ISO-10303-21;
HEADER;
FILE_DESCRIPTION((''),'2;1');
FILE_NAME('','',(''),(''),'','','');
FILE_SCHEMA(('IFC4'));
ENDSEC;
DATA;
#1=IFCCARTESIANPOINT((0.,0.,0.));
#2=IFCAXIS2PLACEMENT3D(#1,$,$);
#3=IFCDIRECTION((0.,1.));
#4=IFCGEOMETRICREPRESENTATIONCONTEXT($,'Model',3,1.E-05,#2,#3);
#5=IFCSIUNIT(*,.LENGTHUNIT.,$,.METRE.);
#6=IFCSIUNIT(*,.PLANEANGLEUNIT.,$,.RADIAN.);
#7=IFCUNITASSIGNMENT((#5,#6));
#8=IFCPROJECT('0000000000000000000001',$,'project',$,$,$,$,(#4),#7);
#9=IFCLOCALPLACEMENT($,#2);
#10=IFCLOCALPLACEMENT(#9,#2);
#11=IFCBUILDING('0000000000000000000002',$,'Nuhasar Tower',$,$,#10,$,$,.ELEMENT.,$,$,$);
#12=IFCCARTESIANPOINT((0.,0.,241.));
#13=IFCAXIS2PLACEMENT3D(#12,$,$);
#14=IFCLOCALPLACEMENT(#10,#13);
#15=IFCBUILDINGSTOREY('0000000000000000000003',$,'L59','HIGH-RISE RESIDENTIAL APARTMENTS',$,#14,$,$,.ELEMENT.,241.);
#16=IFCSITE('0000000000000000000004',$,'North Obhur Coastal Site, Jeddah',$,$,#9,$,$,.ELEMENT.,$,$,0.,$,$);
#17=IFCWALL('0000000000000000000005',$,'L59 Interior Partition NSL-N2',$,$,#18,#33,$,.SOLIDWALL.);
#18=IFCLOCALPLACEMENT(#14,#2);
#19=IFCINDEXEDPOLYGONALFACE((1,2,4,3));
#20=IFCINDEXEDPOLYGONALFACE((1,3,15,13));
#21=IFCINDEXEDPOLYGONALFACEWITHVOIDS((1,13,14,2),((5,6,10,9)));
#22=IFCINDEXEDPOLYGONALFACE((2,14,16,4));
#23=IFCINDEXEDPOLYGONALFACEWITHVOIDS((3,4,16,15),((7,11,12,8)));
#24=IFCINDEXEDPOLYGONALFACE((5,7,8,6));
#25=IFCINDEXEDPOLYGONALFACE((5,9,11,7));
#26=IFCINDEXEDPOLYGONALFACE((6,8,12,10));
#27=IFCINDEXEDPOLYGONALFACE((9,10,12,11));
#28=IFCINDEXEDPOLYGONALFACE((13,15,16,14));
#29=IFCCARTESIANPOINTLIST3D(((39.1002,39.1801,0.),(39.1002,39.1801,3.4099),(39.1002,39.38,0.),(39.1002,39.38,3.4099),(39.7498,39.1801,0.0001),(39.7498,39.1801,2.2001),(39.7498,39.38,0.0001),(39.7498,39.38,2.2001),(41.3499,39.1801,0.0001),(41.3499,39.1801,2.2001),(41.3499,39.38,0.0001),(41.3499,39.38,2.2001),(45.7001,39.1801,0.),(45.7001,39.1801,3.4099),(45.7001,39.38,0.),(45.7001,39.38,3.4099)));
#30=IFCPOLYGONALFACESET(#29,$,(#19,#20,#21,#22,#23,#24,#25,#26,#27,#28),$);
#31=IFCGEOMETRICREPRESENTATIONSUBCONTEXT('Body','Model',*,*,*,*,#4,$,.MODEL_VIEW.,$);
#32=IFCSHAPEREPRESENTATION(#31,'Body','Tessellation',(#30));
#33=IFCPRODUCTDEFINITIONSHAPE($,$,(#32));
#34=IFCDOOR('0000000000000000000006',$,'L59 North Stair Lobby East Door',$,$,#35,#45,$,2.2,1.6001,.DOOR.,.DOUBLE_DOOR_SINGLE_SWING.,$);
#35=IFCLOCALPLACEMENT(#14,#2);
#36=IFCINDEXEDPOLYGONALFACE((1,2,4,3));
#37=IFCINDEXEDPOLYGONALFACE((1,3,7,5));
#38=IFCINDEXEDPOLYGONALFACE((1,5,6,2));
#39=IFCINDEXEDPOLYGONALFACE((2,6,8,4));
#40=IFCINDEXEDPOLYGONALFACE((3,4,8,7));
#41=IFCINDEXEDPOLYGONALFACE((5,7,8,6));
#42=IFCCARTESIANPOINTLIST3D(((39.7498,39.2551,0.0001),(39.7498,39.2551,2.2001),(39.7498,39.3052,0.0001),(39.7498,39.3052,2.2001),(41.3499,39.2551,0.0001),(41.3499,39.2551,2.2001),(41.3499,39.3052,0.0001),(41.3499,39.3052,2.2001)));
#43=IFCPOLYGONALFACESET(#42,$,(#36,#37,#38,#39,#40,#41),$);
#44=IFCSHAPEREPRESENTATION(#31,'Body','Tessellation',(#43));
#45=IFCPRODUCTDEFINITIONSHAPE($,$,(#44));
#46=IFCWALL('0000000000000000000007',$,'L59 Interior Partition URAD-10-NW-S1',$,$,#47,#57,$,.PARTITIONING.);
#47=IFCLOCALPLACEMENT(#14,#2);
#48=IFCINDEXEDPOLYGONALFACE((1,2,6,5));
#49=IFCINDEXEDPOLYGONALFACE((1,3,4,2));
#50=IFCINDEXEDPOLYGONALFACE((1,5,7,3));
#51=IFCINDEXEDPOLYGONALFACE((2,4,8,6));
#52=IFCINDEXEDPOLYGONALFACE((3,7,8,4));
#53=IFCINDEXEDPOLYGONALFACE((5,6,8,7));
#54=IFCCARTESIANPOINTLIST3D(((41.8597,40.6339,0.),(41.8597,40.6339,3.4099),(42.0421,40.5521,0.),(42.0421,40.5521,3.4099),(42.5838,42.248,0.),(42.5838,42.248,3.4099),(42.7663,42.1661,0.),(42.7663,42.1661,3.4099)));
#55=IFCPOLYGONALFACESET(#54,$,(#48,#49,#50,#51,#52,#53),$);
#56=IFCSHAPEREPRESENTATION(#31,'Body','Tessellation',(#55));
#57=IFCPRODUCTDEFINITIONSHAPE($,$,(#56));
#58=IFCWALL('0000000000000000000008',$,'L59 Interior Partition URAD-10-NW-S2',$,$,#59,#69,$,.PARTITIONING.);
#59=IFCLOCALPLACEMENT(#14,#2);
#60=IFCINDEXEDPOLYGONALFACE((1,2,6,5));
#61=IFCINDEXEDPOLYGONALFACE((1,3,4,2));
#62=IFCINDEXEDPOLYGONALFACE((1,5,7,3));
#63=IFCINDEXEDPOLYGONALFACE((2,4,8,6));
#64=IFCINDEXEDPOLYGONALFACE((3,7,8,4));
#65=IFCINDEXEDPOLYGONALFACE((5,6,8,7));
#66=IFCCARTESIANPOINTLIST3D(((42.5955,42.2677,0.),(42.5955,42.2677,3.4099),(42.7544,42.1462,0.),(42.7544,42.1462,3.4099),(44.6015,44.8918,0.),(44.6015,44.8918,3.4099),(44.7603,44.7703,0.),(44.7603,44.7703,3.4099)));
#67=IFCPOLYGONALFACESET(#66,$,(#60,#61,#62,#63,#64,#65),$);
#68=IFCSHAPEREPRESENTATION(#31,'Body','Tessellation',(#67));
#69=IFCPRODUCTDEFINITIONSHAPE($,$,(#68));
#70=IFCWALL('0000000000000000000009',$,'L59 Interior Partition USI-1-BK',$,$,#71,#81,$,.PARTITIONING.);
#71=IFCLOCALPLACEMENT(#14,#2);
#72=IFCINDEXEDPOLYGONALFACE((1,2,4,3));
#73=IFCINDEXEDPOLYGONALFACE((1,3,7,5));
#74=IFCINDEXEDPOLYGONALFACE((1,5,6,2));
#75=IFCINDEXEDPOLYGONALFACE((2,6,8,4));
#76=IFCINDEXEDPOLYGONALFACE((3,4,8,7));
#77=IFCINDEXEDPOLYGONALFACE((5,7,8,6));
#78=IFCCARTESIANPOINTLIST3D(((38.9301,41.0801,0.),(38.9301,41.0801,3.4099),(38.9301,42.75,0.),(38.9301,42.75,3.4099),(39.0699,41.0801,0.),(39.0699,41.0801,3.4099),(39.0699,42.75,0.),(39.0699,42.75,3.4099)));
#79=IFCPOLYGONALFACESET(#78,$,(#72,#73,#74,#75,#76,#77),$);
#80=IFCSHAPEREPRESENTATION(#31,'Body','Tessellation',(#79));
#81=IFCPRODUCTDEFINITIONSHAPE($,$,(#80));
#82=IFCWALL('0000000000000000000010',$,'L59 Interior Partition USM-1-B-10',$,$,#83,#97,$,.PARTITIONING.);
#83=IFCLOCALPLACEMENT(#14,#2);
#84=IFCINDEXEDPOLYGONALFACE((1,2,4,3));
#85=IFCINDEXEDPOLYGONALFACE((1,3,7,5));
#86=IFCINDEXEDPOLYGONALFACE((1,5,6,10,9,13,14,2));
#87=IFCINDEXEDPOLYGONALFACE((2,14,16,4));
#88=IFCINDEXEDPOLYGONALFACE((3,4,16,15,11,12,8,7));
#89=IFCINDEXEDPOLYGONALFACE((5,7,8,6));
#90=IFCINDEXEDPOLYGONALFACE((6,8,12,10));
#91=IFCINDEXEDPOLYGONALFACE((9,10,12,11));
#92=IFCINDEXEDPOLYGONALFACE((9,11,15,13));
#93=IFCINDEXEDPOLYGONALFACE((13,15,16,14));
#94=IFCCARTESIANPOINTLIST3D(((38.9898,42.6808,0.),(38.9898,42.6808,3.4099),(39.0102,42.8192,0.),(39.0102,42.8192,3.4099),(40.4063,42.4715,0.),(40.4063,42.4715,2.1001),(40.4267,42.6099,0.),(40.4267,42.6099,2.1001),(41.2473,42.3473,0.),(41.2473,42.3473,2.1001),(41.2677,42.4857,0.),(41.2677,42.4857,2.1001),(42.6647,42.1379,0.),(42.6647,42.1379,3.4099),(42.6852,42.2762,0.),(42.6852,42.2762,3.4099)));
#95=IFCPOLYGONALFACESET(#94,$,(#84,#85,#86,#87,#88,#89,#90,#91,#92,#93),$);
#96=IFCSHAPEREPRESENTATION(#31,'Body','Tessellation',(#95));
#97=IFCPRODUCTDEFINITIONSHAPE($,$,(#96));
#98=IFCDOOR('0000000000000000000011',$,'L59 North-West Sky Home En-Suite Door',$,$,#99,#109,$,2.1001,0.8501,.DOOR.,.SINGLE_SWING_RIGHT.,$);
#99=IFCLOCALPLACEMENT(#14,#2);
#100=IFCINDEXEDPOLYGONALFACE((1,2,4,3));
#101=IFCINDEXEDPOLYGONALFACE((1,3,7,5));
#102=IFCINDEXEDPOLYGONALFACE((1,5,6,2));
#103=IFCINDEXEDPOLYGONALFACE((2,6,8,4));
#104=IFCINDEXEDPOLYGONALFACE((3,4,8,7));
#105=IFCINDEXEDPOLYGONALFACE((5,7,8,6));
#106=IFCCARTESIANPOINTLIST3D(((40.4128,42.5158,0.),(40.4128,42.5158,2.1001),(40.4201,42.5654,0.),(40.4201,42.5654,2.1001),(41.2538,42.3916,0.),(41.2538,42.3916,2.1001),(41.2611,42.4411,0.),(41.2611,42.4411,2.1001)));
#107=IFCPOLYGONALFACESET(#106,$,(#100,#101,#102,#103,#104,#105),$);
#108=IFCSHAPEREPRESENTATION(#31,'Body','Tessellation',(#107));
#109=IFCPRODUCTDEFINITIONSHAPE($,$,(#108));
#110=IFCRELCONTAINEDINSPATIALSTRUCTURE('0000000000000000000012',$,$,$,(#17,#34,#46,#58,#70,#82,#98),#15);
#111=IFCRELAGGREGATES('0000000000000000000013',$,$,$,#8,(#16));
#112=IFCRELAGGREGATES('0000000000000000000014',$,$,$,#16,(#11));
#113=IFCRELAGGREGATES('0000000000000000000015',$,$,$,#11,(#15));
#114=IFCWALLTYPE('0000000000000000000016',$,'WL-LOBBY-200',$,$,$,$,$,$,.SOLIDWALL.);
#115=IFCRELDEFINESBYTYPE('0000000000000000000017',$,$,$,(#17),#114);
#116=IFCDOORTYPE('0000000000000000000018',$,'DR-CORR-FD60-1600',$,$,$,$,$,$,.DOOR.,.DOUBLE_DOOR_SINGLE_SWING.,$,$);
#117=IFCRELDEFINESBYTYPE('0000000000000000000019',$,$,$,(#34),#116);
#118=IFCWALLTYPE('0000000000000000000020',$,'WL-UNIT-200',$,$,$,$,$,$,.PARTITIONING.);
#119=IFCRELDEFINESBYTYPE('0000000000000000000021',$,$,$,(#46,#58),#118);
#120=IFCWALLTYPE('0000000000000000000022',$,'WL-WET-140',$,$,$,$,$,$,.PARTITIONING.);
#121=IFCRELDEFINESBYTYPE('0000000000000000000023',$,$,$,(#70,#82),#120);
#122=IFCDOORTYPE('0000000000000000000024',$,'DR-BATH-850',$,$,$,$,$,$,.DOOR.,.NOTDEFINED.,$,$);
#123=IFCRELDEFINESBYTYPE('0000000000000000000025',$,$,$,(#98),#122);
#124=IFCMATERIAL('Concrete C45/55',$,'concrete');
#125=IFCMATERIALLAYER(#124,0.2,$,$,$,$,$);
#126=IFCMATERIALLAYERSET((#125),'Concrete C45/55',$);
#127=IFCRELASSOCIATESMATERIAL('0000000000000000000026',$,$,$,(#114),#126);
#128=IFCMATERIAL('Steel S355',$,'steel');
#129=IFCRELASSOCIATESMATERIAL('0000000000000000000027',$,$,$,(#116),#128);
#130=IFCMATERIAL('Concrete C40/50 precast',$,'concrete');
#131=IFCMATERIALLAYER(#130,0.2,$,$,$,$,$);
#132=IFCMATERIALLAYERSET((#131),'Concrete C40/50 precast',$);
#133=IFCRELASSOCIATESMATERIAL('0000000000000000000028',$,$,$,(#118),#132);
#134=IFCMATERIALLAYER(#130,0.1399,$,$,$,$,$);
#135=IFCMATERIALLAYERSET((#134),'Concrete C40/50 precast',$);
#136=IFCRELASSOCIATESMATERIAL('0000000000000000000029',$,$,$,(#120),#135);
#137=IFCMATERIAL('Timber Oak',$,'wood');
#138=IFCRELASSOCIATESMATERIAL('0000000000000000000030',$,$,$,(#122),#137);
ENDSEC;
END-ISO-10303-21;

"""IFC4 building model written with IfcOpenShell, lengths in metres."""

from ifc_helpers import new_model, si_unit, direction, frame, frame_2d, origin, place, context, subcontext, project, spatial, rectangle, extrude, material, layer, layer_set, type_object, element, fill, save


model = new_model("IFC4")

# Units and contexts
model_context = context("Model", 3, precision=1e-05, world=origin(), true_north=direction((0.0, 1.0)))
body_context = subcontext(model_context, "Body", "Model", "MODEL_VIEW")
ifc_project = project(units=[si_unit("LENGTHUNIT", "METRE"), si_unit("PLANEANGLEUNIT", "RADIAN")], contexts=[model_context])

# Site, building, storey
site_placement = place(None, origin())
site = spatial("IfcSite", under=ifc_project, at=site_placement, Name="North Obhur Coastal Site, Jeddah", CompositionType="ELEMENT", RefElevation=0.0)
building_placement = place(site_placement, origin())
building = spatial("IfcBuilding", under=site, at=building_placement, Name="Nuhasar Tower", CompositionType="ELEMENT")
storey_placement = place(building_placement, frame((0.0, 0.0, 241.0)))
storey = spatial("IfcBuildingStorey", under=building, at=storey_placement, Name="L59", Description="HIGH-RISE RESIDENTIAL APARTMENTS", CompositionType="ELEMENT", Elevation=241.0)

# Shared definitions
ifc_material_1 = material(Name="Steel S355", Category="steel")

# Shared definitions
ifc_material_2 = material(Name="Timber Oak", Category="wood")

# Wall, opening, door
ifc_material_3 = material(Name="Concrete C45/55", Category="concrete")
ifc_layer_1 = layer(ifc_material_3, 0.2)
ifc_layer_set_1 = layer_set([ifc_layer_1], Name="Concrete C45/55")
wall_type_1 = type_object("IfcWallType", Name="WL-LOBBY-200", PredefinedType="SOLIDWALL", material=ifc_layer_set_1)
wall_1_placement = place(storey_placement, frame((45.7, 39.28, 0.0), z_axis=(0.0, 0.0, 1.0), x_axis=(-1.0, 0.0, 0.0)))
wall_1 = element("IfcWall", 1, at=wall_1_placement, inside=storey, type_object=wall_type_1, Name="L59 Interior Partition NSL-N2", PredefinedType="SOLIDWALL", context=body_context, shape_type="SweptSolid", body=[
    extrude(rectangle(XDim=6.5999, YDim=0.2, at=frame_2d((3.2998, 0.0))), origin(), (0.0, 0.0, 1.0), 3.4099),
])
opening_1_placement = place(wall_1_placement, frame((4.3501, 0.0, 0.0)))
opening_1 = element("IfcOpeningElement", 2, at=opening_1_placement, cuts=wall_1, PredefinedType="OPENING", context=body_context, shape_type="SweptSolid", body=[
    extrude(rectangle(XDim=1.6001, YDim=2.2, at=frame_2d((0.8, 1.1001))), frame((0.0, 0.1099, 0.0), z_axis=(0.0, -1.0, 0.0), x_axis=(1.0, 0.0, 0.0)), (0.0, 0.0, 1.0), 0.22),
])
door_type_1 = type_object("IfcDoorType", Name="DR-CORR-FD60-1600", OperationType="DOUBLE_DOOR_SINGLE_SWING", PredefinedType="DOOR", material=ifc_material_1)
door_1_placement = place(opening_1_placement, origin())
door_1 = element("IfcDoor", 3, at=door_1_placement, inside=storey, type_object=door_type_1, Name="L59 North Stair Lobby East Door", OperationType="DOUBLE_DOOR_SINGLE_SWING", OverallHeight=2.2, OverallWidth=1.6001, PredefinedType="DOOR", context=body_context, shape_type="SweptSolid", body=[
    extrude(rectangle(XDim=1.6001, YDim=2.2, at=frame_2d((0.8, 1.1001))), frame((0.0, 0.0249, 0.0), z_axis=(0.0, -1.0, 0.0), x_axis=(1.0, 0.0, 0.0)), (0.0, 0.0, 1.0), 0.05),
])
fill(opening_1, door_1)

# Walls
ifc_material_4 = material(Name="Concrete C40/50 precast", Category="concrete")
ifc_layer_2 = layer(ifc_material_4, 0.2)
ifc_layer_set_2 = layer_set([ifc_layer_2], Name="Concrete C40/50 precast")
wall_type_2 = type_object("IfcWallType", Name="WL-UNIT-200", PredefinedType="PARTITIONING", material=ifc_layer_set_2)
wall_2_placement = place(storey_placement, frame((41.9509, 40.593, 0.0), z_axis=(0.0, 0.0, 1.0), x_axis=(0.409337, 0.912383, 0.0)))
element("IfcWall", 4, at=wall_2_placement, inside=storey, type_object=wall_type_2, Name="L59 Interior Partition URAD-10-NW-S1", PredefinedType="PARTITIONING", context=body_context, shape_type="SweptSolid", body=[
    extrude(rectangle(XDim=1.769, YDim=0.2, at=frame_2d((0.8845, 0.0))), origin(), (0.0, 0.0, 1.0), 3.4099),
])
wall_3_placement = place(storey_placement, frame((42.675, 42.207, 0.0), z_axis=(0.0, 0.0, 1.0), x_axis=(0.607307, 0.794467, 0.0)))
element("IfcWall", 5, at=wall_3_placement, inside=storey, type_object=wall_type_2, Name="L59 Interior Partition URAD-10-NW-S2", PredefinedType="PARTITIONING", context=body_context, shape_type="SweptSolid", body=[
    extrude(rectangle(XDim=3.303, YDim=0.2, at=frame_2d((1.6514, 0.0))), origin(), (0.0, 0.0, 1.0), 3.4099),
])
ifc_layer_3 = layer(ifc_material_4, 0.1399)
ifc_layer_set_3 = layer_set([ifc_layer_3], Name="Concrete C40/50 precast")
wall_type_3 = type_object("IfcWallType", Name="WL-WET-140", PredefinedType="PARTITIONING", material=ifc_layer_set_3)
wall_4_placement = place(storey_placement, frame((39.0, 41.0801, 0.0), z_axis=(0.0, 0.0, 1.0), x_axis=(0.0, 1.0, 0.0)))
element("IfcWall", 6, at=wall_4_placement, inside=storey, type_object=wall_type_3, Name="L59 Interior Partition USI-1-BK", PredefinedType="PARTITIONING", context=body_context, shape_type="SweptSolid", body=[
    extrude(rectangle(XDim=1.6699, YDim=0.1399, at=frame_2d((0.835, 0.0))), origin(), (0.0, 0.0, 1.0), 3.4099),
])

# Wall, opening, door
wall_5_placement = place(storey_placement, frame((39.0, 42.75, 0.0), z_axis=(0.0, 0.0, 1.0), x_axis=(0.989261, -0.146158, 0.0)))
wall_5 = element("IfcWall", 7, at=wall_5_placement, inside=storey, type_object=wall_type_3, Name="L59 Interior Partition USM-1-B-10", PredefinedType="PARTITIONING", context=body_context, shape_type="SweptSolid", body=[
    extrude(rectangle(XDim=3.7148, YDim=0.1399, at=frame_2d((1.8574, 0.0))), origin(), (0.0, 0.0, 1.0), 3.4099),
])
opening_2_placement = place(wall_5_placement, frame((1.4319, 0.0, 0.0)))
opening_2 = element("IfcOpeningElement", 8, at=opening_2_placement, cuts=wall_5, PredefinedType="OPENING", context=body_context, shape_type="SweptSolid", body=[
    extrude(rectangle(XDim=0.8501, YDim=2.1001, at=frame_2d((0.425, 1.05))), frame((0.0, 0.0801, 0.0), z_axis=(0.0, -1.0, 0.0), x_axis=(1.0, 0.0, 0.0)), (0.0, 0.0, 1.0), 0.1599),
])
door_type_2 = type_object("IfcDoorType", Name="DR-BATH-850", OperationType="NOTDEFINED", PredefinedType="DOOR", material=ifc_material_2)
door_2_placement = place(opening_2_placement, origin())
door_2 = element("IfcDoor", 9, at=door_2_placement, inside=storey, type_object=door_type_2, Name="L59 North-West Sky Home En-Suite Door", OperationType="SINGLE_SWING_RIGHT", OverallHeight=2.1001, OverallWidth=0.8501, PredefinedType="DOOR", context=body_context, shape_type="SweptSolid", body=[
    extrude(rectangle(XDim=0.8501, YDim=2.1001, at=frame_2d((0.425, 1.05))), frame((0.0, 0.0249, 0.0), z_axis=(0.0, -1.0, 0.0), x_axis=(1.0, 0.0, 0.0)), (0.0, 0.0, 1.0), 0.05),
])
fill(opening_2, door_2)

save(model, "model.ifc")
